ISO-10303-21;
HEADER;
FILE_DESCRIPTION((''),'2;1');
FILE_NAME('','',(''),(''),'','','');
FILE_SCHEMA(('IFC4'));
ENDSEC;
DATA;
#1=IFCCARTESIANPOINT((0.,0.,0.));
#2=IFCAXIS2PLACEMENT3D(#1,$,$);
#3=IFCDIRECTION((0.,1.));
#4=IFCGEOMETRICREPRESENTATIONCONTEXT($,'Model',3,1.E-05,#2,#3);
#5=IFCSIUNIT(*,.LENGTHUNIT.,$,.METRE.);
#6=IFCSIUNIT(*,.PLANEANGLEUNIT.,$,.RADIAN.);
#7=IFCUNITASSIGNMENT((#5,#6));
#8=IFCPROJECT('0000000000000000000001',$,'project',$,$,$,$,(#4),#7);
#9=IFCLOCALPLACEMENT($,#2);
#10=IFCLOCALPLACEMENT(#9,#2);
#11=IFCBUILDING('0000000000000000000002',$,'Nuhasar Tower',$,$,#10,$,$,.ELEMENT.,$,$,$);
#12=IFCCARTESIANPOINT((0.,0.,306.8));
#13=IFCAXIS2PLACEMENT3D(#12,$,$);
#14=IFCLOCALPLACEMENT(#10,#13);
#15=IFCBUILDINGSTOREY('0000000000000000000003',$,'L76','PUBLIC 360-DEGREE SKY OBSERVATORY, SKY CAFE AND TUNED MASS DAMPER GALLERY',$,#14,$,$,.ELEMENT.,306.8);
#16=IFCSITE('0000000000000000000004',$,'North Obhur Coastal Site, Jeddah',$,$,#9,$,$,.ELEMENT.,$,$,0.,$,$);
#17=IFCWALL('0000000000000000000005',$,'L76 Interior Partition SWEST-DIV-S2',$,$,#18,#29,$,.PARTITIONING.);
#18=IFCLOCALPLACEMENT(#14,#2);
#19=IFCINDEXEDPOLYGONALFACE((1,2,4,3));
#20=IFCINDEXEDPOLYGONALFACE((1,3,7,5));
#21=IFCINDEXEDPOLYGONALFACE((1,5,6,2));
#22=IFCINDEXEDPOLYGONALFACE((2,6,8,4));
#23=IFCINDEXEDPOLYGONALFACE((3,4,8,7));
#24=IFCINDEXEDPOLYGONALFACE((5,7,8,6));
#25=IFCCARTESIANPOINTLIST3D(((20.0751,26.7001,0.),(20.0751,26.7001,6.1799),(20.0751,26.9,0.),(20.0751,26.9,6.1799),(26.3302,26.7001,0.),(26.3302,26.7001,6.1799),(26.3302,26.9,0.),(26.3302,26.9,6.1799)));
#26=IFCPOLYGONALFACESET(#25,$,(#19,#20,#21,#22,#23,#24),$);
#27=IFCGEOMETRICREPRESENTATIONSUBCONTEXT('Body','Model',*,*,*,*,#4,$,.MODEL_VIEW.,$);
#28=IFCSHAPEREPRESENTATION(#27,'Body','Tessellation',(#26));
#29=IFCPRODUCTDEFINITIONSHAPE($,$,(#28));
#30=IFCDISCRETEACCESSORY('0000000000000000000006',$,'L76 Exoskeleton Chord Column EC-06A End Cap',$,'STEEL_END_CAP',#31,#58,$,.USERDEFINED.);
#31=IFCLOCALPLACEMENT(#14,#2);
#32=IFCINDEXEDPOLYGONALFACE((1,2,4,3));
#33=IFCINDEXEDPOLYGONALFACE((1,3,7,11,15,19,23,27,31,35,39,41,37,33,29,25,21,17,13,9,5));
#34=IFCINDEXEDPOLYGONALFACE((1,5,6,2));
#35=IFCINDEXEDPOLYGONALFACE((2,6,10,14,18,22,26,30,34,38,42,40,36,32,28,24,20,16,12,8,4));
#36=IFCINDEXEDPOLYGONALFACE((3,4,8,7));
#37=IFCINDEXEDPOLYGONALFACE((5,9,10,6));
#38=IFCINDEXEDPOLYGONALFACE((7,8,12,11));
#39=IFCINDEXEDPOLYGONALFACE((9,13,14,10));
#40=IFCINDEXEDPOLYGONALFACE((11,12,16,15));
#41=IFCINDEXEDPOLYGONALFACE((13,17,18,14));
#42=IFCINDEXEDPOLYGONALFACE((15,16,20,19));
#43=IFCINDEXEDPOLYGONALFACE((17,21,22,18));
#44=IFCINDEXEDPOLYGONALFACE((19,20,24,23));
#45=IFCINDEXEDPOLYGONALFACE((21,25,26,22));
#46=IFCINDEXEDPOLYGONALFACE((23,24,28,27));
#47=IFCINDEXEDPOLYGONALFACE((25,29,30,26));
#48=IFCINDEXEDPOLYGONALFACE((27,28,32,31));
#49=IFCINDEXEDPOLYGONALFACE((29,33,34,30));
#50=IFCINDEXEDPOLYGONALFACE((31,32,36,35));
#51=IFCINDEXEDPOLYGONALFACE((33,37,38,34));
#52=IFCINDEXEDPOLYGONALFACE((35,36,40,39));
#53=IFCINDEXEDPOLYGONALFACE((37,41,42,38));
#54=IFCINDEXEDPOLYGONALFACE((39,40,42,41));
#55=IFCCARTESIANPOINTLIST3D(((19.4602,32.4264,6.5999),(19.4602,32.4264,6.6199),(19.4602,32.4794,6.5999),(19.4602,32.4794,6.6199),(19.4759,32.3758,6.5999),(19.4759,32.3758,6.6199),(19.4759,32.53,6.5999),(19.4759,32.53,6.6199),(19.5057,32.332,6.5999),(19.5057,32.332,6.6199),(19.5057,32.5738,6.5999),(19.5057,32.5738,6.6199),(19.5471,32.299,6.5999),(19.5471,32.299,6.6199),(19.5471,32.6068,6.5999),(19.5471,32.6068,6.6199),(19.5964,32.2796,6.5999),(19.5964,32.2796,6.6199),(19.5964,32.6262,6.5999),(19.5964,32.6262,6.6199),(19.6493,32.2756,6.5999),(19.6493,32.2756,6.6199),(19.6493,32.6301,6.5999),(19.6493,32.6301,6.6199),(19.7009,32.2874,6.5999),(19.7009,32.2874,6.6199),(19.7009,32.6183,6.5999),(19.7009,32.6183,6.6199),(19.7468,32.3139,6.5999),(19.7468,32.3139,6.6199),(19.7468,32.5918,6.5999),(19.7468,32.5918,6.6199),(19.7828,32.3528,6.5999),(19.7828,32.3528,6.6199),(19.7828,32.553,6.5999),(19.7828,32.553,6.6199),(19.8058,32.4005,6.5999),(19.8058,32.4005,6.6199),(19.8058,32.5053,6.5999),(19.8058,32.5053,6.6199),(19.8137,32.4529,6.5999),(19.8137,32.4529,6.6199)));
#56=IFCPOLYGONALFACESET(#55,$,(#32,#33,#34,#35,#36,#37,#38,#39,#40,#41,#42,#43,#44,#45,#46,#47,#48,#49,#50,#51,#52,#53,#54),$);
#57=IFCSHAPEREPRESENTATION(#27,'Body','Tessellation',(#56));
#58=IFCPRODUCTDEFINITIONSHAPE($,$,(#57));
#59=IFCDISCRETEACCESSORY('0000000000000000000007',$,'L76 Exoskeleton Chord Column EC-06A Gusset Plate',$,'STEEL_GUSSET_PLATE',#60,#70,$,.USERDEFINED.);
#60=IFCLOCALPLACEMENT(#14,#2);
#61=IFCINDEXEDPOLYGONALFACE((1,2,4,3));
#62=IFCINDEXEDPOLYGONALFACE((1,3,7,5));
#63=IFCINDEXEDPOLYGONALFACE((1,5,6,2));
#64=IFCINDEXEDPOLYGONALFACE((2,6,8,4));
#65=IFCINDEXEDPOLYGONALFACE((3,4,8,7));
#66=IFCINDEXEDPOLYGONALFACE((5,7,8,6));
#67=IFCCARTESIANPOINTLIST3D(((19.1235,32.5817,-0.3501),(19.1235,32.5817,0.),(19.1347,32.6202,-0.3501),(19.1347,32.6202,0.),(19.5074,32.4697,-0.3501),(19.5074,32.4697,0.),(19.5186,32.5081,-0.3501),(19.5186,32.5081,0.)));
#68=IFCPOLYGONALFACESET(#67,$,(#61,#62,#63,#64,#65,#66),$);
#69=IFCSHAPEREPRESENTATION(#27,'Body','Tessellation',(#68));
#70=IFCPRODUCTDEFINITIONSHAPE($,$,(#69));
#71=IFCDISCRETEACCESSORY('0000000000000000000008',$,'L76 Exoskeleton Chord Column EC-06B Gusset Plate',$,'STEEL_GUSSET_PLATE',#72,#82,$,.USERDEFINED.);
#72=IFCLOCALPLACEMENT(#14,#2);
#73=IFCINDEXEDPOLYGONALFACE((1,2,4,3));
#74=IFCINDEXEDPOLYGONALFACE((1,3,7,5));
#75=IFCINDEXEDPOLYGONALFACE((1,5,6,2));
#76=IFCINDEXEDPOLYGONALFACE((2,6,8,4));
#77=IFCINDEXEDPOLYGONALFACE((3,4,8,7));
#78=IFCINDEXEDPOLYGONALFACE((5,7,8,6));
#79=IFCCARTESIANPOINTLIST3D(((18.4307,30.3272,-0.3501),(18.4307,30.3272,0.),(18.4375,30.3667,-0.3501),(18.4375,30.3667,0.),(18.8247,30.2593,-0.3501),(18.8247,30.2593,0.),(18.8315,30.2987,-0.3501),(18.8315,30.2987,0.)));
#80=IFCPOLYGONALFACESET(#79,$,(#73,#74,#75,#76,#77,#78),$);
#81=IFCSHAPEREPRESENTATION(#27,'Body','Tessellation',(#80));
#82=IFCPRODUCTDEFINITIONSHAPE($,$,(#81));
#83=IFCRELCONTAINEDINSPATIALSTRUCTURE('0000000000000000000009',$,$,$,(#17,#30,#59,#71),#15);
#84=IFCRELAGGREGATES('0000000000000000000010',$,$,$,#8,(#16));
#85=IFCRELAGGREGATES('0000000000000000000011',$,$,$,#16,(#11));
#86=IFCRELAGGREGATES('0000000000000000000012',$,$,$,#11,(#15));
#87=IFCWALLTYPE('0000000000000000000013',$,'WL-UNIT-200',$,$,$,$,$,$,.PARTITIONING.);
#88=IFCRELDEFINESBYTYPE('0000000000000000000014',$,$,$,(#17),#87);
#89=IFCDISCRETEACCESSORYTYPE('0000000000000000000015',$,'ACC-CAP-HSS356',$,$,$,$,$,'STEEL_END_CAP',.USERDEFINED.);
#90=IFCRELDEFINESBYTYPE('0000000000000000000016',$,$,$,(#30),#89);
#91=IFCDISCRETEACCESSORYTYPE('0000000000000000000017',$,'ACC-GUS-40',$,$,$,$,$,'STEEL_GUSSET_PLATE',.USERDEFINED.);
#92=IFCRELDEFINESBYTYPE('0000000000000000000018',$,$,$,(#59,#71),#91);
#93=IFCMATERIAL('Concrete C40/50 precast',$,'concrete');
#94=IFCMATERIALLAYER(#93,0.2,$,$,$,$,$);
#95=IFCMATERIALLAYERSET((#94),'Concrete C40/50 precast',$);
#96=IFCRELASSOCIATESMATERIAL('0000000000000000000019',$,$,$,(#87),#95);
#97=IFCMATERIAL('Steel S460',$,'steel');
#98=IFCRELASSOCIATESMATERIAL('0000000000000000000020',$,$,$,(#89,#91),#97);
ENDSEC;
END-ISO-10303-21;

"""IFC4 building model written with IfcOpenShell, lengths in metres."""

from ifc_helpers import new_model, si_unit, direction, frame, frame_2d, origin, origin_2d, place, context, subcontext, project, spatial, rectangle, circle, extrude, material, layer, layer_set, type_object, element, save


model = new_model("IFC4")

# Units and contexts
model_context = context("Model", 3, precision=1e-05, world=origin(), true_north=direction((0.0, 1.0)))
body_context = subcontext(model_context, "Body", "Model", "MODEL_VIEW")
ifc_project = project(units=[si_unit("LENGTHUNIT", "METRE"), si_unit("PLANEANGLEUNIT", "RADIAN")], contexts=[model_context])

# Site, building, storey
site_placement = place(None, origin())
site = spatial("IfcSite", under=ifc_project, at=site_placement, Name="North Obhur Coastal Site, Jeddah", CompositionType="ELEMENT", RefElevation=0.0)
building_placement = place(site_placement, origin())
building = spatial("IfcBuilding", under=site, at=building_placement, Name="Nuhasar Tower", CompositionType="ELEMENT")
storey_placement = place(building_placement, frame((0.0, 0.0, 306.8)))
storey = spatial("IfcBuildingStorey", under=building, at=storey_placement, Name="L76", Description="PUBLIC 360-DEGREE SKY OBSERVATORY, SKY CAFE AND TUNED MASS DAMPER GALLERY", CompositionType="ELEMENT", Elevation=306.8)

# Shared definitions
ifc_material_1 = material(Name="Steel S460", Category="steel")

# Wall
ifc_material_2 = material(Name="Concrete C40/50 precast", Category="concrete")
ifc_layer_1 = layer(ifc_material_2, 0.2)
ifc_layer_set_1 = layer_set([ifc_layer_1], Name="Concrete C40/50 precast")
wall_type_1 = type_object("IfcWallType", Name="WL-UNIT-200", PredefinedType="PARTITIONING", material=ifc_layer_set_1)
wall_1_placement = place(storey_placement, frame((26.3301, 26.8, 0.0), z_axis=(0.0, 0.0, 1.0), x_axis=(-1.0, 0.0, 0.0)))
element("IfcWall", 1, at=wall_1_placement, inside=storey, type_object=wall_type_1, Name="L76 Interior Partition SWEST-DIV-S2", PredefinedType="PARTITIONING", context=body_context, shape_type="SweptSolid", body=[
    extrude(rectangle(XDim=6.2551, YDim=0.2, at=frame_2d((3.1274, 0.0))), origin(), (0.0, 0.0, 1.0), 6.1799),
])

# Discrete accessories
discrete_accessory_type_1 = type_object("IfcDiscreteAccessoryType", Name="ACC-CAP-HSS356", ElementType="STEEL_END_CAP", PredefinedType="USERDEFINED", material=ifc_material_1)
discrete_accessory_placement = place(storey_placement, frame((19.636, 32.4529, 6.5999), z_axis=(0.0, 0.0, 1.0), x_axis=(1.0, 0.0, 0.0)))
element("IfcDiscreteAccessory", 2, at=discrete_accessory_placement, inside=storey, type_object=discrete_accessory_type_1, Name="L76 Exoskeleton Chord Column EC-06A End Cap", ObjectType="STEEL_END_CAP", PredefinedType="USERDEFINED", context=body_context, shape_type="SweptSolid", body=[
    extrude(circle(Radius=0.1777, at=origin_2d()), origin(), (0.0, 0.0, 1.0), 0.02),
])
discrete_accessory_type_2 = type_object("IfcDiscreteAccessoryType", Name="ACC-GUS-40", ElementType="STEEL_GUSSET_PLATE", PredefinedType="USERDEFINED", material=ifc_material_1)
for number, where, z_axis, x_axis, name in (
    (3, (19.321, 32.5449, -0.3501), (0.0, 0.0, 1.0), (-0.959933, 0.280231, 0.0), "L76 Exoskeleton Chord Column EC-06A Gusset Plate"),
    (4, (18.6311, 30.313, -0.3501), (0.0, 0.0, 1.0), (-0.985452, 0.169952, 0.0), "L76 Exoskeleton Chord Column EC-06B Gusset Plate"),
):
    element("IfcDiscreteAccessory", number, at=place(storey_placement, frame(where, z_axis=z_axis, x_axis=x_axis)), inside=storey, type_object=discrete_accessory_type_2, Name=name, ObjectType="STEEL_GUSSET_PLATE", PredefinedType="USERDEFINED", context=body_context, shape_type="SweptSolid", body=[
        extrude(rectangle(XDim=0.3999, YDim=0.04, at=origin_2d()), origin(), (0.0, 0.0, 1.0), 0.3501),
    ])

save(model, "model.ifc")
